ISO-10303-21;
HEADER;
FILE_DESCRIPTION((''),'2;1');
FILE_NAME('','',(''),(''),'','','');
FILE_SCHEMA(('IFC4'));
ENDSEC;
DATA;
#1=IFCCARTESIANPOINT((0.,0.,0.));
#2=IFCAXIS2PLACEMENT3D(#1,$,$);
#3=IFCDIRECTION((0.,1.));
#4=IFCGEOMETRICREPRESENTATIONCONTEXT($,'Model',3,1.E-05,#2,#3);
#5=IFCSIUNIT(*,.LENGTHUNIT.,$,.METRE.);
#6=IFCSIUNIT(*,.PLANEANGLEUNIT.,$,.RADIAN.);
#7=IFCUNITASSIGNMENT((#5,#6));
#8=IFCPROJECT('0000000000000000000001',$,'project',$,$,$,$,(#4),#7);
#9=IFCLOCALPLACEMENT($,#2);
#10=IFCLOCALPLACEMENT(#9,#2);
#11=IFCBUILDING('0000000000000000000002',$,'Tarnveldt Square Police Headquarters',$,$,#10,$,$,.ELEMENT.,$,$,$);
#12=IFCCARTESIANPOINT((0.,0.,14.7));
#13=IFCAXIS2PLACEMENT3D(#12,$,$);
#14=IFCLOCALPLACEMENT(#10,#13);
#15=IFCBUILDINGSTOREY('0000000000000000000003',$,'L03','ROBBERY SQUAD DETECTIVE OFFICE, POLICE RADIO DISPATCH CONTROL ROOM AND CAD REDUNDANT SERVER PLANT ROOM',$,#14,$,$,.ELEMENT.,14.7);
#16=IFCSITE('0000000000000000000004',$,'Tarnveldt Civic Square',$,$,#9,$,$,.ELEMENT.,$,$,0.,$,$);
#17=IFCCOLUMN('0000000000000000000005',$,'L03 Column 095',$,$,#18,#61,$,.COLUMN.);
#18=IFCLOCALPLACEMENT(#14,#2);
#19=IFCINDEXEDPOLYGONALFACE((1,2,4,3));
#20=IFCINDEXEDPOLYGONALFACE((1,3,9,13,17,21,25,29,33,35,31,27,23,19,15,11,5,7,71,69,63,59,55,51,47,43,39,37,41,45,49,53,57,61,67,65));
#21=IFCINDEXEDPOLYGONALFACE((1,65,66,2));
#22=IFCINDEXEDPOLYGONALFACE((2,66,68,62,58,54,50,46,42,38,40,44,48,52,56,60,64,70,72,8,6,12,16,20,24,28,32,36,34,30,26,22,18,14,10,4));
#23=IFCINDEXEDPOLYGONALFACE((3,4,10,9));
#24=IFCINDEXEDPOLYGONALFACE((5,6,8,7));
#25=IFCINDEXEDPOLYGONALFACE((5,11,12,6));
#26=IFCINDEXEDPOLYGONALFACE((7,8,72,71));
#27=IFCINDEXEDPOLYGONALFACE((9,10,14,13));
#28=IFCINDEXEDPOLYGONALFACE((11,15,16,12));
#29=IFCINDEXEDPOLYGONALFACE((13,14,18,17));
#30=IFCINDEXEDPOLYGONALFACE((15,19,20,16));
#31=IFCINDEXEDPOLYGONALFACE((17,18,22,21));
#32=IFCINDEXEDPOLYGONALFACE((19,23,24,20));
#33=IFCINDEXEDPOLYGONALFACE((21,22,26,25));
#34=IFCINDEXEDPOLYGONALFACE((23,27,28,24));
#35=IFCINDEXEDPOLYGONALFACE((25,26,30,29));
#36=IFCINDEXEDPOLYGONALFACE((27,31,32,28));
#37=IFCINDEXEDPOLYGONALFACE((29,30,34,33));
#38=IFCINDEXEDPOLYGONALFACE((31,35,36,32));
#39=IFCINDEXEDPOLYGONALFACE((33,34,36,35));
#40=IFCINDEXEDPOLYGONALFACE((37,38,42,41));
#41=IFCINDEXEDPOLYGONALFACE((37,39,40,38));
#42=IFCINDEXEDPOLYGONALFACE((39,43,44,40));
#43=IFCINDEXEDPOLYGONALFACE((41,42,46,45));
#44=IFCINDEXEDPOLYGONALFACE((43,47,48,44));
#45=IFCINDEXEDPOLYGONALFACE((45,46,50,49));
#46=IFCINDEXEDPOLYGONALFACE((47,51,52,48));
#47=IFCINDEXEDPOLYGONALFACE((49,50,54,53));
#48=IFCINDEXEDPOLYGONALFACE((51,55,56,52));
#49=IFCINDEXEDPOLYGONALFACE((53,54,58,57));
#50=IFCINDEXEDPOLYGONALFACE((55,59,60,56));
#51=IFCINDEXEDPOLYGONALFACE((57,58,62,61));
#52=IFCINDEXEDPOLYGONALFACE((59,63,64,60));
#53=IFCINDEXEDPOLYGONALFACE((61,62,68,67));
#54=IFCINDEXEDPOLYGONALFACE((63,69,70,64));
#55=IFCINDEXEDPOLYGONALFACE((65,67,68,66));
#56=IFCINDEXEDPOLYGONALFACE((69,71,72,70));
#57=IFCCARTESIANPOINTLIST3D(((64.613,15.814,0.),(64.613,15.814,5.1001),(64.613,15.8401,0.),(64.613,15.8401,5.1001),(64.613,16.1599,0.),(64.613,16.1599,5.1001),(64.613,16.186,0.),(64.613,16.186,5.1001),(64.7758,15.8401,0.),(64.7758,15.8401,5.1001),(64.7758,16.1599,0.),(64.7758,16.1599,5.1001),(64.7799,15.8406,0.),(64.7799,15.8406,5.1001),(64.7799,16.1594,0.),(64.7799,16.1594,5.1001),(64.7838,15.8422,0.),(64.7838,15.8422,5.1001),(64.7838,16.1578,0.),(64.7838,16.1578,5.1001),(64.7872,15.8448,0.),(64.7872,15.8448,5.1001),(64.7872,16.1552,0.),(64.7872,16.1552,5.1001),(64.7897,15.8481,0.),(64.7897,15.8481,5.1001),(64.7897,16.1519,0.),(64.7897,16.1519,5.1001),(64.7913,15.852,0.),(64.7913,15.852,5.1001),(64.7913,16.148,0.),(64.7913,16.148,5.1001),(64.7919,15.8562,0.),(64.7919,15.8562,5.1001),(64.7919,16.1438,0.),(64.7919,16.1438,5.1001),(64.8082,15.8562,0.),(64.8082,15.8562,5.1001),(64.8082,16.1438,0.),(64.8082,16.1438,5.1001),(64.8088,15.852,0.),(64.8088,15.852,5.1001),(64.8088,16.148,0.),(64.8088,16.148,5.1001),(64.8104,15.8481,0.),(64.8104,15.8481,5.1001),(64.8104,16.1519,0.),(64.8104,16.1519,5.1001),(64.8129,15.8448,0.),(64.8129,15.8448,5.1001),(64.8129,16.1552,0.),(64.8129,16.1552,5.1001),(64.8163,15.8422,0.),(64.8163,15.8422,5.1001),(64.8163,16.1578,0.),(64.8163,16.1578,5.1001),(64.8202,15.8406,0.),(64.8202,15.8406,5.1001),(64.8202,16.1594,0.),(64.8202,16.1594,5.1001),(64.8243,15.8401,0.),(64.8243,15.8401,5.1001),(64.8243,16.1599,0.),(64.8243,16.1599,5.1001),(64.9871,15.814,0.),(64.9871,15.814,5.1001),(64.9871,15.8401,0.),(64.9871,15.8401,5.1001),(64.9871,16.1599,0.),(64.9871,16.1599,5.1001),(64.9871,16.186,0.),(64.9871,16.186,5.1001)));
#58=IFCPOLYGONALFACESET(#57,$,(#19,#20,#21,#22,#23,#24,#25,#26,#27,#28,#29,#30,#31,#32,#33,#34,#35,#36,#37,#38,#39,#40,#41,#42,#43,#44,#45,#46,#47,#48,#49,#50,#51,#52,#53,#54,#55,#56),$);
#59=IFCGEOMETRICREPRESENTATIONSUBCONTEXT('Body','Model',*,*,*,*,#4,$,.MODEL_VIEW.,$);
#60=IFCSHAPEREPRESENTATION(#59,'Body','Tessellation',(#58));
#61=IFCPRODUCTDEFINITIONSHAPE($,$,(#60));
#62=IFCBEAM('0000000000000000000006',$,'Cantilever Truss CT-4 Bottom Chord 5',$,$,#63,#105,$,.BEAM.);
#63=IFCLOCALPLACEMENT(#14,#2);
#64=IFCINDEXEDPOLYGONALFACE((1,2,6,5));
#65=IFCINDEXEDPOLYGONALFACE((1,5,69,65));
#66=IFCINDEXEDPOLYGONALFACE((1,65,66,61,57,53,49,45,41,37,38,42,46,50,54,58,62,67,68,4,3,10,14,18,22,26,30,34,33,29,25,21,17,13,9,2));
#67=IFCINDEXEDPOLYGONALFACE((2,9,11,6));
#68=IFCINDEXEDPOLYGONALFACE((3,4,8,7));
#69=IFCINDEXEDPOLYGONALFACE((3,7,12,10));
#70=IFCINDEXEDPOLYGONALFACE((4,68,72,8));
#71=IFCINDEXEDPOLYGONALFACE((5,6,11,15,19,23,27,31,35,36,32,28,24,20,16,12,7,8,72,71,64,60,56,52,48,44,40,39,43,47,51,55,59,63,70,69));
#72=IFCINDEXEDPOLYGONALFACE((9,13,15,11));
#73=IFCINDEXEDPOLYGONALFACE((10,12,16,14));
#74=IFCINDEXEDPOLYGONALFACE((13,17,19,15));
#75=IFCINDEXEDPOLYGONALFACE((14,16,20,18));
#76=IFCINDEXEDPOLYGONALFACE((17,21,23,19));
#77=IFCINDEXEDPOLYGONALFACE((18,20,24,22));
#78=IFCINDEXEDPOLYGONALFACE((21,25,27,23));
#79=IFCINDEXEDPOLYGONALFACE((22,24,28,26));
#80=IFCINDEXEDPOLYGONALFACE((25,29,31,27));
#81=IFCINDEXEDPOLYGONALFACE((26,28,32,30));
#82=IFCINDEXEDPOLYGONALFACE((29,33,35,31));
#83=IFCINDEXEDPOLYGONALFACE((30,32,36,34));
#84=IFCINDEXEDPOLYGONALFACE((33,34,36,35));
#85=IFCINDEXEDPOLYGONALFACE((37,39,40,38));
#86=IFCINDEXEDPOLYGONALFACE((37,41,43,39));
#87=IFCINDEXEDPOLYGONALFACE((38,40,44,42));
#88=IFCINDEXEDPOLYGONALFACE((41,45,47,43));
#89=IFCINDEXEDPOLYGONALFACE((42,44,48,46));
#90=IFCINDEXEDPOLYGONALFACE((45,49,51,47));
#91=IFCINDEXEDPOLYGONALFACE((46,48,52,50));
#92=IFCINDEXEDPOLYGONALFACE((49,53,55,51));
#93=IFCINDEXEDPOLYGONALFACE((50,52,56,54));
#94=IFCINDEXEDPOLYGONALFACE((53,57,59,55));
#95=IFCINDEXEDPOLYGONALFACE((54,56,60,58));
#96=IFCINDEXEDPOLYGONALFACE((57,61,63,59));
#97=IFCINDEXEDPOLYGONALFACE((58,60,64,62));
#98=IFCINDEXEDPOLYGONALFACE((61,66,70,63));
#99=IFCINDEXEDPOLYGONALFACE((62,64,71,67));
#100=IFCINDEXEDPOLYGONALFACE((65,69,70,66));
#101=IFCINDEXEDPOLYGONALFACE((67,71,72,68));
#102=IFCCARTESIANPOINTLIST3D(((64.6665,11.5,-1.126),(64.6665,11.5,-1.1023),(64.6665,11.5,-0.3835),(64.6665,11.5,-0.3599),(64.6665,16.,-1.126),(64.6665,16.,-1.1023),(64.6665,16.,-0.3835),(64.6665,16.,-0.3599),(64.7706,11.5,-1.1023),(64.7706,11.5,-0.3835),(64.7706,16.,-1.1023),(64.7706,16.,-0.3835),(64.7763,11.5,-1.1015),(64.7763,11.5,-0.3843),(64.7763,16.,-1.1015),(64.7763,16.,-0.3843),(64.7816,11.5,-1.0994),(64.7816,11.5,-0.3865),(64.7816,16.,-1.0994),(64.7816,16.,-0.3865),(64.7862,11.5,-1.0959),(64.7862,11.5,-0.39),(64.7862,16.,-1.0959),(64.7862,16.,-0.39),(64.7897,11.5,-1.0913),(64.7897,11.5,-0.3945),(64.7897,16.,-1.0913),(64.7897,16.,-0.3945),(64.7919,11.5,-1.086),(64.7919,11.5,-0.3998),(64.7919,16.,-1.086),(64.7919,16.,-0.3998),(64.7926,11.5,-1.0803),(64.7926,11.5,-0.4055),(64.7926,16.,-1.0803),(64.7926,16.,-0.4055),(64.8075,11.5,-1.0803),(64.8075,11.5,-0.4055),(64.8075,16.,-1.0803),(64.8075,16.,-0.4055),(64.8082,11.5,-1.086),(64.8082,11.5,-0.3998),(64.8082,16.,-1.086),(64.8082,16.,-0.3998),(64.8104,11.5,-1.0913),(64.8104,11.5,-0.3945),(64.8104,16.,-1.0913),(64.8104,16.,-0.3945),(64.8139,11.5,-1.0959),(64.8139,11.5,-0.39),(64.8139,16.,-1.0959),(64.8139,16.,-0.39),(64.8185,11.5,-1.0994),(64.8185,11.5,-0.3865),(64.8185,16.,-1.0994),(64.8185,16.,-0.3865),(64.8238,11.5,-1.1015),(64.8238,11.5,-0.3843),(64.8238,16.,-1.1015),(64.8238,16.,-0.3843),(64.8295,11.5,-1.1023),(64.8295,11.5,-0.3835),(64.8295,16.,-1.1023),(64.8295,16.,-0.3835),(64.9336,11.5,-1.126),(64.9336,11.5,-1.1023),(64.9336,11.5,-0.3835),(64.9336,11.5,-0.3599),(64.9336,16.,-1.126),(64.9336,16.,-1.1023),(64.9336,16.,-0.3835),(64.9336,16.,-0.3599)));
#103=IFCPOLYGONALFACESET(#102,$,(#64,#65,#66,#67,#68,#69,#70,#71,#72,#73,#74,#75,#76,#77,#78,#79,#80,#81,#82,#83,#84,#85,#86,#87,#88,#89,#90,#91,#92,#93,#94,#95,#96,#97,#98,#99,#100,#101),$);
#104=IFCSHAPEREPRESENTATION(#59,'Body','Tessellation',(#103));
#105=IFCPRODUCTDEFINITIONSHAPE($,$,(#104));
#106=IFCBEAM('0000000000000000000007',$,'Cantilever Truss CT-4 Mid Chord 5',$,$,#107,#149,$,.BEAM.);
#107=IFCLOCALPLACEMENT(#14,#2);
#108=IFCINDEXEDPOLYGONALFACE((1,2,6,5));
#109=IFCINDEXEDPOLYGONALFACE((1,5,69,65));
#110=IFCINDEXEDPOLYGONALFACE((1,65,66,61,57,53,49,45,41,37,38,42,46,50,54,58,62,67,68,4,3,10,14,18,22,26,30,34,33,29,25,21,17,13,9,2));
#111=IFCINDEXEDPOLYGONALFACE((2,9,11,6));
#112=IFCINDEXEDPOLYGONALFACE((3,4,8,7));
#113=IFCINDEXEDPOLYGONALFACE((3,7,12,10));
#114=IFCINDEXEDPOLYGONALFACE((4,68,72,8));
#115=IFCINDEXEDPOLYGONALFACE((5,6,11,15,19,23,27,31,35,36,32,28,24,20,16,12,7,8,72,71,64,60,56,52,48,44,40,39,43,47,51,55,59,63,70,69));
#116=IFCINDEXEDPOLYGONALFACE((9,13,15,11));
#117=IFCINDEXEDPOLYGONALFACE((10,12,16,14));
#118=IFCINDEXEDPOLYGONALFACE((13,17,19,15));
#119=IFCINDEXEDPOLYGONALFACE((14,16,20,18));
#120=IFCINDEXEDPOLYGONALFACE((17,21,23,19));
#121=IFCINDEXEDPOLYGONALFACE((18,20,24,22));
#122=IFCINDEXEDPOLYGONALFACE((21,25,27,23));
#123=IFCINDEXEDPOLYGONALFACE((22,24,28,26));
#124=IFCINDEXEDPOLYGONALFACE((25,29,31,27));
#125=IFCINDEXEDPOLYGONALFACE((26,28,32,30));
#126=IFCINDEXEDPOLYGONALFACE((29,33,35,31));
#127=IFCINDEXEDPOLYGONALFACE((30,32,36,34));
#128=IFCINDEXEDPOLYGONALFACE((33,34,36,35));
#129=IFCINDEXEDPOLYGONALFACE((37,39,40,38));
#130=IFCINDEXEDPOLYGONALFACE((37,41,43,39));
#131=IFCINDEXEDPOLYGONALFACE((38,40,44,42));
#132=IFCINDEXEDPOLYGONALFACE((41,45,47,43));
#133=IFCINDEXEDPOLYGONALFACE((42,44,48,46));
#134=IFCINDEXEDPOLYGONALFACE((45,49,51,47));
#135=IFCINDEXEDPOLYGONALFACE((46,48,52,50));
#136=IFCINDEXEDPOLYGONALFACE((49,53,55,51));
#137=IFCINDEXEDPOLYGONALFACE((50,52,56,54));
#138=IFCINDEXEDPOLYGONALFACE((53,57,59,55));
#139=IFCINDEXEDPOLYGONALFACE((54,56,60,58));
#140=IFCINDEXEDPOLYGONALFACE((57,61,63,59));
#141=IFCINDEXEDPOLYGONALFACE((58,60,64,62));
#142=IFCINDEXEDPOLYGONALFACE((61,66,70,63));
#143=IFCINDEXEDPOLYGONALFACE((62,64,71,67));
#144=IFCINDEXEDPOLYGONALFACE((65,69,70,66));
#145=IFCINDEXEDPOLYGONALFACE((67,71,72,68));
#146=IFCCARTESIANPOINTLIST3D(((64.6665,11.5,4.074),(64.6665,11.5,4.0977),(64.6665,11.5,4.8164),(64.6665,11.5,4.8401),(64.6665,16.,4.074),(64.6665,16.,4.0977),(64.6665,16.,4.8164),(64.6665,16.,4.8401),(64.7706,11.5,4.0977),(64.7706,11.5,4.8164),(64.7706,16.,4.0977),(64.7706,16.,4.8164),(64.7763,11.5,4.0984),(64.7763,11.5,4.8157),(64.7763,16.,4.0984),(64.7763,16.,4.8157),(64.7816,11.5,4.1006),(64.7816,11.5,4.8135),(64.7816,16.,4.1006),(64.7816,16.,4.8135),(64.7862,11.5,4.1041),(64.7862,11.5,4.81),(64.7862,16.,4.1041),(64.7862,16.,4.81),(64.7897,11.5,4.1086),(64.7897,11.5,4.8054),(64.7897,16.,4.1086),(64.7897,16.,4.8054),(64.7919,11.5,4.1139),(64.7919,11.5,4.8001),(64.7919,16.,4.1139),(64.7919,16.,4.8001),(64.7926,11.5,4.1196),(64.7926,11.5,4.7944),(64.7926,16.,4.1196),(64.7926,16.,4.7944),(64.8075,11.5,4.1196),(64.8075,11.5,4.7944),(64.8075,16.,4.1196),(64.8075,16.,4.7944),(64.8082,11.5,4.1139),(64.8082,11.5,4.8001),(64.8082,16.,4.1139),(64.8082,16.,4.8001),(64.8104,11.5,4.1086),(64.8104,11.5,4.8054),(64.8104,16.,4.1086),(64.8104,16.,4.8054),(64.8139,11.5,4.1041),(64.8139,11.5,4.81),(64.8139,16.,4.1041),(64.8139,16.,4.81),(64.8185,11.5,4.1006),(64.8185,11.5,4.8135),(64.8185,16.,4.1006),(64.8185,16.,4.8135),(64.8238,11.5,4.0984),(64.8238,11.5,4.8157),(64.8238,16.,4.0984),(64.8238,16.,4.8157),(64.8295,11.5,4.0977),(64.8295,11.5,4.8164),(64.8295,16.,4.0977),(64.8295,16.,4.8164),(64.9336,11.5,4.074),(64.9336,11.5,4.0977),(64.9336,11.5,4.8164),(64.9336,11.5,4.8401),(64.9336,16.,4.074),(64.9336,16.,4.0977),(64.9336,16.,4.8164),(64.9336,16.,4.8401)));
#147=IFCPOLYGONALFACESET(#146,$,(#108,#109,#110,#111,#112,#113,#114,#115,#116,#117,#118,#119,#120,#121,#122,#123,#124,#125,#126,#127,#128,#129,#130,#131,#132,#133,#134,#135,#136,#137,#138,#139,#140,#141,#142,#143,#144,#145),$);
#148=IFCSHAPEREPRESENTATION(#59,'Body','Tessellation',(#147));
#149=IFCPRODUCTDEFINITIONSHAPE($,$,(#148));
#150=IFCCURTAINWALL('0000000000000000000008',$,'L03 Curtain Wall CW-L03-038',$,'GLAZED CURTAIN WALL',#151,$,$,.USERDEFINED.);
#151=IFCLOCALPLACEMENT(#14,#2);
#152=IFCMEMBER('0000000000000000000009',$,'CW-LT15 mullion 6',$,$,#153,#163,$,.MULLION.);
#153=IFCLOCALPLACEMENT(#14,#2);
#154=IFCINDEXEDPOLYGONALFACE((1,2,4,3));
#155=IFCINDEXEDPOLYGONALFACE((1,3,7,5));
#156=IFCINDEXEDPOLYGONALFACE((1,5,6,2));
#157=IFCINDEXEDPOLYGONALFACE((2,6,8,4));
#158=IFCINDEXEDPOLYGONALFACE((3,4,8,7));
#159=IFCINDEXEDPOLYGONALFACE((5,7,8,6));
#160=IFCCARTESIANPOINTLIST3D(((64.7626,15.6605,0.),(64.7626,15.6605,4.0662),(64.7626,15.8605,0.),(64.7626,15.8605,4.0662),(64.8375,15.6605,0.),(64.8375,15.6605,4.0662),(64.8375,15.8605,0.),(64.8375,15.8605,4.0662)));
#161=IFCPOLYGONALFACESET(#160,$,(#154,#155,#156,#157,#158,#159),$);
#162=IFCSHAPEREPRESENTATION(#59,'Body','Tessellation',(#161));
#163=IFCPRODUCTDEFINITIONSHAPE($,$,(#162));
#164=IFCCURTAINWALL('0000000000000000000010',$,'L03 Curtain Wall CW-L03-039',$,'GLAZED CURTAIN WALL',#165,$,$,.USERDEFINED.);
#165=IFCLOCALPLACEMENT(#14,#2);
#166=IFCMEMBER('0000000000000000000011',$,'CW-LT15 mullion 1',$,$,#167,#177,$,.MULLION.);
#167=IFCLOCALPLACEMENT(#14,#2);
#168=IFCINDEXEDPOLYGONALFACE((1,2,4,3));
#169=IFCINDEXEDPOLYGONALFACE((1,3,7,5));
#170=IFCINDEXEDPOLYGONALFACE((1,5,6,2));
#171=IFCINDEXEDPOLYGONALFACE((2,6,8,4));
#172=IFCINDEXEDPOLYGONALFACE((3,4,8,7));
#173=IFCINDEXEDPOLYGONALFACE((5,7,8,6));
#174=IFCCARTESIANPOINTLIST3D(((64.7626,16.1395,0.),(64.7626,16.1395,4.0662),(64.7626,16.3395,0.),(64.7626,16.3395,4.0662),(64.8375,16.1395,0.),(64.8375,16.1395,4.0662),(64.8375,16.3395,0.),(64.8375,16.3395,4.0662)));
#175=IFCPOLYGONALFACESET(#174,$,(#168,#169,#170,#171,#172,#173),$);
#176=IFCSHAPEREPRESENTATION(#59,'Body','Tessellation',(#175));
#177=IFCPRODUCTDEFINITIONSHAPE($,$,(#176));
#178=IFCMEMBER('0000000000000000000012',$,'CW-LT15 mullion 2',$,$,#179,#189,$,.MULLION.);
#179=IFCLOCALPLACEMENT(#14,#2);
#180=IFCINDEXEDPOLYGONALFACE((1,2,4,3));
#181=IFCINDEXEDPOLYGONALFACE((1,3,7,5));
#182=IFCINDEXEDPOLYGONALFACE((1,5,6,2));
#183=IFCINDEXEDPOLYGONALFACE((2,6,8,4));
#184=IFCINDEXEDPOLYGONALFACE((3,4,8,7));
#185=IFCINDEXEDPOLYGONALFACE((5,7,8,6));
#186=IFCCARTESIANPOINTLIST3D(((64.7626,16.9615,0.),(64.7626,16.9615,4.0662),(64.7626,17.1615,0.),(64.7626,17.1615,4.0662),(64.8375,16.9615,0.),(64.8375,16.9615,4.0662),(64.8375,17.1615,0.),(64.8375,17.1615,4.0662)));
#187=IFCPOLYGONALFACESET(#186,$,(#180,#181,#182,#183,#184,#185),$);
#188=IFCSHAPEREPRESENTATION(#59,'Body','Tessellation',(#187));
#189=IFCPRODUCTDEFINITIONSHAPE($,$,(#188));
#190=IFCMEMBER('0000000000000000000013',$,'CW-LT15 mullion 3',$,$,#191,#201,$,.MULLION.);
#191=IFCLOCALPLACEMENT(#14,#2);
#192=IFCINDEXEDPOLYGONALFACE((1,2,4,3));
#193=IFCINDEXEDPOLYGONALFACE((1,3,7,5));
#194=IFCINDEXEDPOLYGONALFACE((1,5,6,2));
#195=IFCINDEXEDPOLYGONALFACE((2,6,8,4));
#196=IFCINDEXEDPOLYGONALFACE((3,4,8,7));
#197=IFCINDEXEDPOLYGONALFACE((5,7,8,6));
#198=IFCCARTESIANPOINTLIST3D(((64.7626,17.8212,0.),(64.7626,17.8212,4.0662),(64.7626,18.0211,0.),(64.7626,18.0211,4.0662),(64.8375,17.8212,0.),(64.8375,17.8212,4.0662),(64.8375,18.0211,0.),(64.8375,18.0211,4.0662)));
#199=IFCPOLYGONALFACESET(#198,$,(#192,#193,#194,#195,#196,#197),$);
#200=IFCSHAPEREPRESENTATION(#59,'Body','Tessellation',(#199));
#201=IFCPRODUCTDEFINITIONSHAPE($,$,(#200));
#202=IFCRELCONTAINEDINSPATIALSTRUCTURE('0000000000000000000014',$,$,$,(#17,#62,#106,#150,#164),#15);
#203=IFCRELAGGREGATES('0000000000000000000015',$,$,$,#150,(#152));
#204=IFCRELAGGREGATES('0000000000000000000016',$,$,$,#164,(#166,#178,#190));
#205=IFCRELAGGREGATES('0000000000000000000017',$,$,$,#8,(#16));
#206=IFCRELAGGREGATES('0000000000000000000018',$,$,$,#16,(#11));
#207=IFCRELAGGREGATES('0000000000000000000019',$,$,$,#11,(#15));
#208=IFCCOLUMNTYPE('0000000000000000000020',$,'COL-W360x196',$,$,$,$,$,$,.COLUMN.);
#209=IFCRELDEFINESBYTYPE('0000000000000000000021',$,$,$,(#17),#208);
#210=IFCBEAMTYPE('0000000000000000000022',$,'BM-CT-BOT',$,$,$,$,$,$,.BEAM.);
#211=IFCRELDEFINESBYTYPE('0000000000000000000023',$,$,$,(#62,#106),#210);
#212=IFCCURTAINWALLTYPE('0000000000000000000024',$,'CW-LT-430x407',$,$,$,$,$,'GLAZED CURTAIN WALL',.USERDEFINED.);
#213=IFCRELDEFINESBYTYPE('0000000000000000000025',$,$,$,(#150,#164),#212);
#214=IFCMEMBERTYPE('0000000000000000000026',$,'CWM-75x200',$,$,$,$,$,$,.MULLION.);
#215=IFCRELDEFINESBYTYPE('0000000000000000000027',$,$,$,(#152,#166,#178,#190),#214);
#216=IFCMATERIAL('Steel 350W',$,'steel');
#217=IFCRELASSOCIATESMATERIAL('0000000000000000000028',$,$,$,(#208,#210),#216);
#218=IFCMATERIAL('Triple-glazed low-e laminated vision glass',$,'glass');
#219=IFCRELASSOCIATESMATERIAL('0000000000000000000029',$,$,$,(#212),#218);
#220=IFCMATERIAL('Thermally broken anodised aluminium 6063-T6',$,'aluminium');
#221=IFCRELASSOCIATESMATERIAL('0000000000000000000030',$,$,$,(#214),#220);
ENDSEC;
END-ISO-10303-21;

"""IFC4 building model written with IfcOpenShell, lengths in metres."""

from ifc_helpers import new_model, si_unit, direction, frame, origin, origin_2d, place, context, subcontext, project, spatial, rectangle, i_section, extrude, material, material_profile, profile_set, type_object, element, aggregate, save


model = new_model("IFC4")

# Units and contexts
model_context = context("Model", 3, precision=1e-05, world=origin(), true_north=direction((0.0, 1.0)))
body_context = subcontext(model_context, "Body", "Model", "MODEL_VIEW")
ifc_project = project(units=[si_unit("LENGTHUNIT", "METRE"), si_unit("PLANEANGLEUNIT", "RADIAN")], contexts=[model_context])

# Site, building, storey
site_placement = place(None, origin())
site = spatial("IfcSite", under=ifc_project, at=site_placement, Name="Tarnveldt Civic Square", CompositionType="ELEMENT", RefElevation=0.0)
building_placement = place(site_placement, origin())
building = spatial("IfcBuilding", under=site, at=building_placement, Name="Tarnveldt Square Police Headquarters", CompositionType="ELEMENT")
storey_placement = place(building_placement, frame((0.0, 0.0, 14.7)))
storey = spatial("IfcBuildingStorey", under=building, at=storey_placement, Name="L03", Description="ROBBERY SQUAD DETECTIVE OFFICE, POLICE RADIO DISPATCH CONTROL ROOM AND CAD REDUNDANT SERVER PLANT ROOM", CompositionType="ELEMENT", Elevation=14.7)

# Column
ifc_material_1 = material(Name="Steel 350W", Category="steel")
ifc_material_profile_1 = material_profile(ifc_material_1, i_section(OverallWidth=0.374, OverallDepth=0.3721, WebThickness=0.0164, FlangeThickness=0.0261, FilletRadius=0.0161, at=origin_2d()), Name="W360x196")
ifc_profile_set_1 = profile_set([ifc_material_profile_1], Name="Steel 350W")
column_type = type_object("IfcColumnType", Name="COL-W360x196", PredefinedType="COLUMN", material=ifc_profile_set_1)
column_placement = place(storey_placement, frame((64.8, 16.0, 0.0), z_axis=(0.0, 0.0, 1.0), x_axis=(1.0, 0.0, 0.0)))
element("IfcColumn", 1, at=column_placement, inside=storey, type_object=column_type, Name="L03 Column 095", PredefinedType="COLUMN", context=body_context, shape_type="SweptSolid", body=[
    extrude(i_section(OverallWidth=0.374, OverallDepth=0.3721, WebThickness=0.0164, FlangeThickness=0.0261, FilletRadius=0.0161, at=origin_2d()), origin(), (0.0, 0.0, 1.0), 5.1001),
])

# Beams
ifc_material_profile_2 = material_profile(ifc_material_1, i_section(OverallWidth=0.2671, OverallDepth=0.7661, WebThickness=0.0149, FlangeThickness=0.0237, FilletRadius=0.022, at=origin_2d()), Name="W760x185")
ifc_profile_set_2 = profile_set([ifc_material_profile_2], Name="Steel 350W")
beam_type = type_object("IfcBeamType", Name="BM-CT-BOT", PredefinedType="BEAM", material=ifc_profile_set_2)
for number, where, z_axis, x_axis, name in (
    (2, (64.8, 16.0, -0.7429), (0.0, -1.0, 0.0), (1.0, 0.0, 0.0), "Cantilever Truss CT-4 Bottom Chord 5"),
    (3, (64.8, 16.0, 4.457), (0.0, -1.0, 0.0), (1.0, 0.0, 0.0), "Cantilever Truss CT-4 Mid Chord 5"),
):
    element("IfcBeam", number, at=place(storey_placement, frame(where, z_axis=z_axis, x_axis=x_axis)), inside=storey, type_object=beam_type, Name=name, PredefinedType="BEAM", context=body_context, shape_type="SweptSolid", body=[
        extrude(i_section(OverallWidth=0.2671, OverallDepth=0.7661, WebThickness=0.0149, FlangeThickness=0.0237, FilletRadius=0.022, at=origin_2d()), origin(), (0.0, 0.0, 1.0), 4.5),
    ])

# Curtain wall, member
ifc_material_2 = material(Name="Triple-glazed low-e laminated vision glass", Category="glass")
curtain_wall_type = type_object("IfcCurtainWallType", Name="CW-LT-430x407", ElementType="GLAZED CURTAIN WALL", PredefinedType="USERDEFINED", material=ifc_material_2)
curtain_wall_1_placement = place(storey_placement, origin())
curtain_wall_1 = element("IfcCurtainWall", 4, at=curtain_wall_1_placement, inside=storey, type_object=curtain_wall_type, Name="L03 Curtain Wall CW-L03-038", ObjectType="GLAZED CURTAIN WALL", PredefinedType="USERDEFINED")
ifc_material_3 = material(Name="Thermally broken anodised aluminium 6063-T6", Category="aluminium")
ifc_material_profile_3 = material_profile(ifc_material_3, rectangle(XDim=0.075, YDim=0.2, at=origin_2d()), Name="CW-M75x200")
ifc_profile_set_3 = profile_set([ifc_material_profile_3], Name="Thermally broken anodised aluminium 6063-T6")
member_type_1 = type_object("IfcMemberType", Name="CWM-75x200", PredefinedType="MULLION", material=ifc_profile_set_3)
member_1_placement = place(storey_placement, frame((64.8, 15.7605, 0.0), z_axis=(0.0, 0.0, 1.0), x_axis=(-1.0, 0.0, 0.0)))
member_1 = element("IfcMember", 5, at=member_1_placement, type_object=member_type_1, Name="CW-LT15 mullion 6", PredefinedType="MULLION", context=body_context, shape_type="SweptSolid", body=[
    extrude(rectangle(XDim=0.075, YDim=0.2, at=origin_2d()), origin(), (0.0, 0.0, 1.0), 4.0662),
])
aggregate(curtain_wall_1, [member_1])

# Curtain wall, members
curtain_wall_2_placement = place(storey_placement, origin())
curtain_wall_2 = element("IfcCurtainWall", 6, at=curtain_wall_2_placement, inside=storey, type_object=curtain_wall_type, Name="L03 Curtain Wall CW-L03-039", ObjectType="GLAZED CURTAIN WALL", PredefinedType="USERDEFINED")
member_2_placement = place(storey_placement, frame((64.8, 16.2395, 0.0), z_axis=(0.0, 0.0, 1.0), x_axis=(-1.0, 0.0, 0.0)))
member_2 = element("IfcMember", 7, at=member_2_placement, type_object=member_type_1, Name="CW-LT15 mullion 1", PredefinedType="MULLION", context=body_context, shape_type="SweptSolid", body=[
    extrude(rectangle(XDim=0.075, YDim=0.2, at=origin_2d()), origin(), (0.0, 0.0, 1.0), 4.0662),
])
member_3_placement = place(storey_placement, frame((64.8, 17.0615, 0.0), z_axis=(0.0, 0.0, 1.0), x_axis=(-1.0, 0.0, 0.0)))
member_3 = element("IfcMember", 8, at=member_3_placement, type_object=member_type_1, Name="CW-LT15 mullion 2", PredefinedType="MULLION", context=body_context, shape_type="SweptSolid", body=[
    extrude(rectangle(XDim=0.075, YDim=0.2, at=origin_2d()), origin(), (0.0, 0.0, 1.0), 4.0662),
])
member_4_placement = place(storey_placement, frame((64.8, 17.9211, 0.0), z_axis=(0.0, 0.0, 1.0), x_axis=(-1.0, 0.0, 0.0)))
member_4 = element("IfcMember", 9, at=member_4_placement, type_object=member_type_1, Name="CW-LT15 mullion 3", PredefinedType="MULLION", context=body_context, shape_type="SweptSolid", body=[
    extrude(rectangle(XDim=0.075, YDim=0.2, at=origin_2d()), origin(), (0.0, 0.0, 1.0), 4.0662),
])

aggregate(curtain_wall_2, [member_2, member_3, member_4])

save(model, "model.ifc")
